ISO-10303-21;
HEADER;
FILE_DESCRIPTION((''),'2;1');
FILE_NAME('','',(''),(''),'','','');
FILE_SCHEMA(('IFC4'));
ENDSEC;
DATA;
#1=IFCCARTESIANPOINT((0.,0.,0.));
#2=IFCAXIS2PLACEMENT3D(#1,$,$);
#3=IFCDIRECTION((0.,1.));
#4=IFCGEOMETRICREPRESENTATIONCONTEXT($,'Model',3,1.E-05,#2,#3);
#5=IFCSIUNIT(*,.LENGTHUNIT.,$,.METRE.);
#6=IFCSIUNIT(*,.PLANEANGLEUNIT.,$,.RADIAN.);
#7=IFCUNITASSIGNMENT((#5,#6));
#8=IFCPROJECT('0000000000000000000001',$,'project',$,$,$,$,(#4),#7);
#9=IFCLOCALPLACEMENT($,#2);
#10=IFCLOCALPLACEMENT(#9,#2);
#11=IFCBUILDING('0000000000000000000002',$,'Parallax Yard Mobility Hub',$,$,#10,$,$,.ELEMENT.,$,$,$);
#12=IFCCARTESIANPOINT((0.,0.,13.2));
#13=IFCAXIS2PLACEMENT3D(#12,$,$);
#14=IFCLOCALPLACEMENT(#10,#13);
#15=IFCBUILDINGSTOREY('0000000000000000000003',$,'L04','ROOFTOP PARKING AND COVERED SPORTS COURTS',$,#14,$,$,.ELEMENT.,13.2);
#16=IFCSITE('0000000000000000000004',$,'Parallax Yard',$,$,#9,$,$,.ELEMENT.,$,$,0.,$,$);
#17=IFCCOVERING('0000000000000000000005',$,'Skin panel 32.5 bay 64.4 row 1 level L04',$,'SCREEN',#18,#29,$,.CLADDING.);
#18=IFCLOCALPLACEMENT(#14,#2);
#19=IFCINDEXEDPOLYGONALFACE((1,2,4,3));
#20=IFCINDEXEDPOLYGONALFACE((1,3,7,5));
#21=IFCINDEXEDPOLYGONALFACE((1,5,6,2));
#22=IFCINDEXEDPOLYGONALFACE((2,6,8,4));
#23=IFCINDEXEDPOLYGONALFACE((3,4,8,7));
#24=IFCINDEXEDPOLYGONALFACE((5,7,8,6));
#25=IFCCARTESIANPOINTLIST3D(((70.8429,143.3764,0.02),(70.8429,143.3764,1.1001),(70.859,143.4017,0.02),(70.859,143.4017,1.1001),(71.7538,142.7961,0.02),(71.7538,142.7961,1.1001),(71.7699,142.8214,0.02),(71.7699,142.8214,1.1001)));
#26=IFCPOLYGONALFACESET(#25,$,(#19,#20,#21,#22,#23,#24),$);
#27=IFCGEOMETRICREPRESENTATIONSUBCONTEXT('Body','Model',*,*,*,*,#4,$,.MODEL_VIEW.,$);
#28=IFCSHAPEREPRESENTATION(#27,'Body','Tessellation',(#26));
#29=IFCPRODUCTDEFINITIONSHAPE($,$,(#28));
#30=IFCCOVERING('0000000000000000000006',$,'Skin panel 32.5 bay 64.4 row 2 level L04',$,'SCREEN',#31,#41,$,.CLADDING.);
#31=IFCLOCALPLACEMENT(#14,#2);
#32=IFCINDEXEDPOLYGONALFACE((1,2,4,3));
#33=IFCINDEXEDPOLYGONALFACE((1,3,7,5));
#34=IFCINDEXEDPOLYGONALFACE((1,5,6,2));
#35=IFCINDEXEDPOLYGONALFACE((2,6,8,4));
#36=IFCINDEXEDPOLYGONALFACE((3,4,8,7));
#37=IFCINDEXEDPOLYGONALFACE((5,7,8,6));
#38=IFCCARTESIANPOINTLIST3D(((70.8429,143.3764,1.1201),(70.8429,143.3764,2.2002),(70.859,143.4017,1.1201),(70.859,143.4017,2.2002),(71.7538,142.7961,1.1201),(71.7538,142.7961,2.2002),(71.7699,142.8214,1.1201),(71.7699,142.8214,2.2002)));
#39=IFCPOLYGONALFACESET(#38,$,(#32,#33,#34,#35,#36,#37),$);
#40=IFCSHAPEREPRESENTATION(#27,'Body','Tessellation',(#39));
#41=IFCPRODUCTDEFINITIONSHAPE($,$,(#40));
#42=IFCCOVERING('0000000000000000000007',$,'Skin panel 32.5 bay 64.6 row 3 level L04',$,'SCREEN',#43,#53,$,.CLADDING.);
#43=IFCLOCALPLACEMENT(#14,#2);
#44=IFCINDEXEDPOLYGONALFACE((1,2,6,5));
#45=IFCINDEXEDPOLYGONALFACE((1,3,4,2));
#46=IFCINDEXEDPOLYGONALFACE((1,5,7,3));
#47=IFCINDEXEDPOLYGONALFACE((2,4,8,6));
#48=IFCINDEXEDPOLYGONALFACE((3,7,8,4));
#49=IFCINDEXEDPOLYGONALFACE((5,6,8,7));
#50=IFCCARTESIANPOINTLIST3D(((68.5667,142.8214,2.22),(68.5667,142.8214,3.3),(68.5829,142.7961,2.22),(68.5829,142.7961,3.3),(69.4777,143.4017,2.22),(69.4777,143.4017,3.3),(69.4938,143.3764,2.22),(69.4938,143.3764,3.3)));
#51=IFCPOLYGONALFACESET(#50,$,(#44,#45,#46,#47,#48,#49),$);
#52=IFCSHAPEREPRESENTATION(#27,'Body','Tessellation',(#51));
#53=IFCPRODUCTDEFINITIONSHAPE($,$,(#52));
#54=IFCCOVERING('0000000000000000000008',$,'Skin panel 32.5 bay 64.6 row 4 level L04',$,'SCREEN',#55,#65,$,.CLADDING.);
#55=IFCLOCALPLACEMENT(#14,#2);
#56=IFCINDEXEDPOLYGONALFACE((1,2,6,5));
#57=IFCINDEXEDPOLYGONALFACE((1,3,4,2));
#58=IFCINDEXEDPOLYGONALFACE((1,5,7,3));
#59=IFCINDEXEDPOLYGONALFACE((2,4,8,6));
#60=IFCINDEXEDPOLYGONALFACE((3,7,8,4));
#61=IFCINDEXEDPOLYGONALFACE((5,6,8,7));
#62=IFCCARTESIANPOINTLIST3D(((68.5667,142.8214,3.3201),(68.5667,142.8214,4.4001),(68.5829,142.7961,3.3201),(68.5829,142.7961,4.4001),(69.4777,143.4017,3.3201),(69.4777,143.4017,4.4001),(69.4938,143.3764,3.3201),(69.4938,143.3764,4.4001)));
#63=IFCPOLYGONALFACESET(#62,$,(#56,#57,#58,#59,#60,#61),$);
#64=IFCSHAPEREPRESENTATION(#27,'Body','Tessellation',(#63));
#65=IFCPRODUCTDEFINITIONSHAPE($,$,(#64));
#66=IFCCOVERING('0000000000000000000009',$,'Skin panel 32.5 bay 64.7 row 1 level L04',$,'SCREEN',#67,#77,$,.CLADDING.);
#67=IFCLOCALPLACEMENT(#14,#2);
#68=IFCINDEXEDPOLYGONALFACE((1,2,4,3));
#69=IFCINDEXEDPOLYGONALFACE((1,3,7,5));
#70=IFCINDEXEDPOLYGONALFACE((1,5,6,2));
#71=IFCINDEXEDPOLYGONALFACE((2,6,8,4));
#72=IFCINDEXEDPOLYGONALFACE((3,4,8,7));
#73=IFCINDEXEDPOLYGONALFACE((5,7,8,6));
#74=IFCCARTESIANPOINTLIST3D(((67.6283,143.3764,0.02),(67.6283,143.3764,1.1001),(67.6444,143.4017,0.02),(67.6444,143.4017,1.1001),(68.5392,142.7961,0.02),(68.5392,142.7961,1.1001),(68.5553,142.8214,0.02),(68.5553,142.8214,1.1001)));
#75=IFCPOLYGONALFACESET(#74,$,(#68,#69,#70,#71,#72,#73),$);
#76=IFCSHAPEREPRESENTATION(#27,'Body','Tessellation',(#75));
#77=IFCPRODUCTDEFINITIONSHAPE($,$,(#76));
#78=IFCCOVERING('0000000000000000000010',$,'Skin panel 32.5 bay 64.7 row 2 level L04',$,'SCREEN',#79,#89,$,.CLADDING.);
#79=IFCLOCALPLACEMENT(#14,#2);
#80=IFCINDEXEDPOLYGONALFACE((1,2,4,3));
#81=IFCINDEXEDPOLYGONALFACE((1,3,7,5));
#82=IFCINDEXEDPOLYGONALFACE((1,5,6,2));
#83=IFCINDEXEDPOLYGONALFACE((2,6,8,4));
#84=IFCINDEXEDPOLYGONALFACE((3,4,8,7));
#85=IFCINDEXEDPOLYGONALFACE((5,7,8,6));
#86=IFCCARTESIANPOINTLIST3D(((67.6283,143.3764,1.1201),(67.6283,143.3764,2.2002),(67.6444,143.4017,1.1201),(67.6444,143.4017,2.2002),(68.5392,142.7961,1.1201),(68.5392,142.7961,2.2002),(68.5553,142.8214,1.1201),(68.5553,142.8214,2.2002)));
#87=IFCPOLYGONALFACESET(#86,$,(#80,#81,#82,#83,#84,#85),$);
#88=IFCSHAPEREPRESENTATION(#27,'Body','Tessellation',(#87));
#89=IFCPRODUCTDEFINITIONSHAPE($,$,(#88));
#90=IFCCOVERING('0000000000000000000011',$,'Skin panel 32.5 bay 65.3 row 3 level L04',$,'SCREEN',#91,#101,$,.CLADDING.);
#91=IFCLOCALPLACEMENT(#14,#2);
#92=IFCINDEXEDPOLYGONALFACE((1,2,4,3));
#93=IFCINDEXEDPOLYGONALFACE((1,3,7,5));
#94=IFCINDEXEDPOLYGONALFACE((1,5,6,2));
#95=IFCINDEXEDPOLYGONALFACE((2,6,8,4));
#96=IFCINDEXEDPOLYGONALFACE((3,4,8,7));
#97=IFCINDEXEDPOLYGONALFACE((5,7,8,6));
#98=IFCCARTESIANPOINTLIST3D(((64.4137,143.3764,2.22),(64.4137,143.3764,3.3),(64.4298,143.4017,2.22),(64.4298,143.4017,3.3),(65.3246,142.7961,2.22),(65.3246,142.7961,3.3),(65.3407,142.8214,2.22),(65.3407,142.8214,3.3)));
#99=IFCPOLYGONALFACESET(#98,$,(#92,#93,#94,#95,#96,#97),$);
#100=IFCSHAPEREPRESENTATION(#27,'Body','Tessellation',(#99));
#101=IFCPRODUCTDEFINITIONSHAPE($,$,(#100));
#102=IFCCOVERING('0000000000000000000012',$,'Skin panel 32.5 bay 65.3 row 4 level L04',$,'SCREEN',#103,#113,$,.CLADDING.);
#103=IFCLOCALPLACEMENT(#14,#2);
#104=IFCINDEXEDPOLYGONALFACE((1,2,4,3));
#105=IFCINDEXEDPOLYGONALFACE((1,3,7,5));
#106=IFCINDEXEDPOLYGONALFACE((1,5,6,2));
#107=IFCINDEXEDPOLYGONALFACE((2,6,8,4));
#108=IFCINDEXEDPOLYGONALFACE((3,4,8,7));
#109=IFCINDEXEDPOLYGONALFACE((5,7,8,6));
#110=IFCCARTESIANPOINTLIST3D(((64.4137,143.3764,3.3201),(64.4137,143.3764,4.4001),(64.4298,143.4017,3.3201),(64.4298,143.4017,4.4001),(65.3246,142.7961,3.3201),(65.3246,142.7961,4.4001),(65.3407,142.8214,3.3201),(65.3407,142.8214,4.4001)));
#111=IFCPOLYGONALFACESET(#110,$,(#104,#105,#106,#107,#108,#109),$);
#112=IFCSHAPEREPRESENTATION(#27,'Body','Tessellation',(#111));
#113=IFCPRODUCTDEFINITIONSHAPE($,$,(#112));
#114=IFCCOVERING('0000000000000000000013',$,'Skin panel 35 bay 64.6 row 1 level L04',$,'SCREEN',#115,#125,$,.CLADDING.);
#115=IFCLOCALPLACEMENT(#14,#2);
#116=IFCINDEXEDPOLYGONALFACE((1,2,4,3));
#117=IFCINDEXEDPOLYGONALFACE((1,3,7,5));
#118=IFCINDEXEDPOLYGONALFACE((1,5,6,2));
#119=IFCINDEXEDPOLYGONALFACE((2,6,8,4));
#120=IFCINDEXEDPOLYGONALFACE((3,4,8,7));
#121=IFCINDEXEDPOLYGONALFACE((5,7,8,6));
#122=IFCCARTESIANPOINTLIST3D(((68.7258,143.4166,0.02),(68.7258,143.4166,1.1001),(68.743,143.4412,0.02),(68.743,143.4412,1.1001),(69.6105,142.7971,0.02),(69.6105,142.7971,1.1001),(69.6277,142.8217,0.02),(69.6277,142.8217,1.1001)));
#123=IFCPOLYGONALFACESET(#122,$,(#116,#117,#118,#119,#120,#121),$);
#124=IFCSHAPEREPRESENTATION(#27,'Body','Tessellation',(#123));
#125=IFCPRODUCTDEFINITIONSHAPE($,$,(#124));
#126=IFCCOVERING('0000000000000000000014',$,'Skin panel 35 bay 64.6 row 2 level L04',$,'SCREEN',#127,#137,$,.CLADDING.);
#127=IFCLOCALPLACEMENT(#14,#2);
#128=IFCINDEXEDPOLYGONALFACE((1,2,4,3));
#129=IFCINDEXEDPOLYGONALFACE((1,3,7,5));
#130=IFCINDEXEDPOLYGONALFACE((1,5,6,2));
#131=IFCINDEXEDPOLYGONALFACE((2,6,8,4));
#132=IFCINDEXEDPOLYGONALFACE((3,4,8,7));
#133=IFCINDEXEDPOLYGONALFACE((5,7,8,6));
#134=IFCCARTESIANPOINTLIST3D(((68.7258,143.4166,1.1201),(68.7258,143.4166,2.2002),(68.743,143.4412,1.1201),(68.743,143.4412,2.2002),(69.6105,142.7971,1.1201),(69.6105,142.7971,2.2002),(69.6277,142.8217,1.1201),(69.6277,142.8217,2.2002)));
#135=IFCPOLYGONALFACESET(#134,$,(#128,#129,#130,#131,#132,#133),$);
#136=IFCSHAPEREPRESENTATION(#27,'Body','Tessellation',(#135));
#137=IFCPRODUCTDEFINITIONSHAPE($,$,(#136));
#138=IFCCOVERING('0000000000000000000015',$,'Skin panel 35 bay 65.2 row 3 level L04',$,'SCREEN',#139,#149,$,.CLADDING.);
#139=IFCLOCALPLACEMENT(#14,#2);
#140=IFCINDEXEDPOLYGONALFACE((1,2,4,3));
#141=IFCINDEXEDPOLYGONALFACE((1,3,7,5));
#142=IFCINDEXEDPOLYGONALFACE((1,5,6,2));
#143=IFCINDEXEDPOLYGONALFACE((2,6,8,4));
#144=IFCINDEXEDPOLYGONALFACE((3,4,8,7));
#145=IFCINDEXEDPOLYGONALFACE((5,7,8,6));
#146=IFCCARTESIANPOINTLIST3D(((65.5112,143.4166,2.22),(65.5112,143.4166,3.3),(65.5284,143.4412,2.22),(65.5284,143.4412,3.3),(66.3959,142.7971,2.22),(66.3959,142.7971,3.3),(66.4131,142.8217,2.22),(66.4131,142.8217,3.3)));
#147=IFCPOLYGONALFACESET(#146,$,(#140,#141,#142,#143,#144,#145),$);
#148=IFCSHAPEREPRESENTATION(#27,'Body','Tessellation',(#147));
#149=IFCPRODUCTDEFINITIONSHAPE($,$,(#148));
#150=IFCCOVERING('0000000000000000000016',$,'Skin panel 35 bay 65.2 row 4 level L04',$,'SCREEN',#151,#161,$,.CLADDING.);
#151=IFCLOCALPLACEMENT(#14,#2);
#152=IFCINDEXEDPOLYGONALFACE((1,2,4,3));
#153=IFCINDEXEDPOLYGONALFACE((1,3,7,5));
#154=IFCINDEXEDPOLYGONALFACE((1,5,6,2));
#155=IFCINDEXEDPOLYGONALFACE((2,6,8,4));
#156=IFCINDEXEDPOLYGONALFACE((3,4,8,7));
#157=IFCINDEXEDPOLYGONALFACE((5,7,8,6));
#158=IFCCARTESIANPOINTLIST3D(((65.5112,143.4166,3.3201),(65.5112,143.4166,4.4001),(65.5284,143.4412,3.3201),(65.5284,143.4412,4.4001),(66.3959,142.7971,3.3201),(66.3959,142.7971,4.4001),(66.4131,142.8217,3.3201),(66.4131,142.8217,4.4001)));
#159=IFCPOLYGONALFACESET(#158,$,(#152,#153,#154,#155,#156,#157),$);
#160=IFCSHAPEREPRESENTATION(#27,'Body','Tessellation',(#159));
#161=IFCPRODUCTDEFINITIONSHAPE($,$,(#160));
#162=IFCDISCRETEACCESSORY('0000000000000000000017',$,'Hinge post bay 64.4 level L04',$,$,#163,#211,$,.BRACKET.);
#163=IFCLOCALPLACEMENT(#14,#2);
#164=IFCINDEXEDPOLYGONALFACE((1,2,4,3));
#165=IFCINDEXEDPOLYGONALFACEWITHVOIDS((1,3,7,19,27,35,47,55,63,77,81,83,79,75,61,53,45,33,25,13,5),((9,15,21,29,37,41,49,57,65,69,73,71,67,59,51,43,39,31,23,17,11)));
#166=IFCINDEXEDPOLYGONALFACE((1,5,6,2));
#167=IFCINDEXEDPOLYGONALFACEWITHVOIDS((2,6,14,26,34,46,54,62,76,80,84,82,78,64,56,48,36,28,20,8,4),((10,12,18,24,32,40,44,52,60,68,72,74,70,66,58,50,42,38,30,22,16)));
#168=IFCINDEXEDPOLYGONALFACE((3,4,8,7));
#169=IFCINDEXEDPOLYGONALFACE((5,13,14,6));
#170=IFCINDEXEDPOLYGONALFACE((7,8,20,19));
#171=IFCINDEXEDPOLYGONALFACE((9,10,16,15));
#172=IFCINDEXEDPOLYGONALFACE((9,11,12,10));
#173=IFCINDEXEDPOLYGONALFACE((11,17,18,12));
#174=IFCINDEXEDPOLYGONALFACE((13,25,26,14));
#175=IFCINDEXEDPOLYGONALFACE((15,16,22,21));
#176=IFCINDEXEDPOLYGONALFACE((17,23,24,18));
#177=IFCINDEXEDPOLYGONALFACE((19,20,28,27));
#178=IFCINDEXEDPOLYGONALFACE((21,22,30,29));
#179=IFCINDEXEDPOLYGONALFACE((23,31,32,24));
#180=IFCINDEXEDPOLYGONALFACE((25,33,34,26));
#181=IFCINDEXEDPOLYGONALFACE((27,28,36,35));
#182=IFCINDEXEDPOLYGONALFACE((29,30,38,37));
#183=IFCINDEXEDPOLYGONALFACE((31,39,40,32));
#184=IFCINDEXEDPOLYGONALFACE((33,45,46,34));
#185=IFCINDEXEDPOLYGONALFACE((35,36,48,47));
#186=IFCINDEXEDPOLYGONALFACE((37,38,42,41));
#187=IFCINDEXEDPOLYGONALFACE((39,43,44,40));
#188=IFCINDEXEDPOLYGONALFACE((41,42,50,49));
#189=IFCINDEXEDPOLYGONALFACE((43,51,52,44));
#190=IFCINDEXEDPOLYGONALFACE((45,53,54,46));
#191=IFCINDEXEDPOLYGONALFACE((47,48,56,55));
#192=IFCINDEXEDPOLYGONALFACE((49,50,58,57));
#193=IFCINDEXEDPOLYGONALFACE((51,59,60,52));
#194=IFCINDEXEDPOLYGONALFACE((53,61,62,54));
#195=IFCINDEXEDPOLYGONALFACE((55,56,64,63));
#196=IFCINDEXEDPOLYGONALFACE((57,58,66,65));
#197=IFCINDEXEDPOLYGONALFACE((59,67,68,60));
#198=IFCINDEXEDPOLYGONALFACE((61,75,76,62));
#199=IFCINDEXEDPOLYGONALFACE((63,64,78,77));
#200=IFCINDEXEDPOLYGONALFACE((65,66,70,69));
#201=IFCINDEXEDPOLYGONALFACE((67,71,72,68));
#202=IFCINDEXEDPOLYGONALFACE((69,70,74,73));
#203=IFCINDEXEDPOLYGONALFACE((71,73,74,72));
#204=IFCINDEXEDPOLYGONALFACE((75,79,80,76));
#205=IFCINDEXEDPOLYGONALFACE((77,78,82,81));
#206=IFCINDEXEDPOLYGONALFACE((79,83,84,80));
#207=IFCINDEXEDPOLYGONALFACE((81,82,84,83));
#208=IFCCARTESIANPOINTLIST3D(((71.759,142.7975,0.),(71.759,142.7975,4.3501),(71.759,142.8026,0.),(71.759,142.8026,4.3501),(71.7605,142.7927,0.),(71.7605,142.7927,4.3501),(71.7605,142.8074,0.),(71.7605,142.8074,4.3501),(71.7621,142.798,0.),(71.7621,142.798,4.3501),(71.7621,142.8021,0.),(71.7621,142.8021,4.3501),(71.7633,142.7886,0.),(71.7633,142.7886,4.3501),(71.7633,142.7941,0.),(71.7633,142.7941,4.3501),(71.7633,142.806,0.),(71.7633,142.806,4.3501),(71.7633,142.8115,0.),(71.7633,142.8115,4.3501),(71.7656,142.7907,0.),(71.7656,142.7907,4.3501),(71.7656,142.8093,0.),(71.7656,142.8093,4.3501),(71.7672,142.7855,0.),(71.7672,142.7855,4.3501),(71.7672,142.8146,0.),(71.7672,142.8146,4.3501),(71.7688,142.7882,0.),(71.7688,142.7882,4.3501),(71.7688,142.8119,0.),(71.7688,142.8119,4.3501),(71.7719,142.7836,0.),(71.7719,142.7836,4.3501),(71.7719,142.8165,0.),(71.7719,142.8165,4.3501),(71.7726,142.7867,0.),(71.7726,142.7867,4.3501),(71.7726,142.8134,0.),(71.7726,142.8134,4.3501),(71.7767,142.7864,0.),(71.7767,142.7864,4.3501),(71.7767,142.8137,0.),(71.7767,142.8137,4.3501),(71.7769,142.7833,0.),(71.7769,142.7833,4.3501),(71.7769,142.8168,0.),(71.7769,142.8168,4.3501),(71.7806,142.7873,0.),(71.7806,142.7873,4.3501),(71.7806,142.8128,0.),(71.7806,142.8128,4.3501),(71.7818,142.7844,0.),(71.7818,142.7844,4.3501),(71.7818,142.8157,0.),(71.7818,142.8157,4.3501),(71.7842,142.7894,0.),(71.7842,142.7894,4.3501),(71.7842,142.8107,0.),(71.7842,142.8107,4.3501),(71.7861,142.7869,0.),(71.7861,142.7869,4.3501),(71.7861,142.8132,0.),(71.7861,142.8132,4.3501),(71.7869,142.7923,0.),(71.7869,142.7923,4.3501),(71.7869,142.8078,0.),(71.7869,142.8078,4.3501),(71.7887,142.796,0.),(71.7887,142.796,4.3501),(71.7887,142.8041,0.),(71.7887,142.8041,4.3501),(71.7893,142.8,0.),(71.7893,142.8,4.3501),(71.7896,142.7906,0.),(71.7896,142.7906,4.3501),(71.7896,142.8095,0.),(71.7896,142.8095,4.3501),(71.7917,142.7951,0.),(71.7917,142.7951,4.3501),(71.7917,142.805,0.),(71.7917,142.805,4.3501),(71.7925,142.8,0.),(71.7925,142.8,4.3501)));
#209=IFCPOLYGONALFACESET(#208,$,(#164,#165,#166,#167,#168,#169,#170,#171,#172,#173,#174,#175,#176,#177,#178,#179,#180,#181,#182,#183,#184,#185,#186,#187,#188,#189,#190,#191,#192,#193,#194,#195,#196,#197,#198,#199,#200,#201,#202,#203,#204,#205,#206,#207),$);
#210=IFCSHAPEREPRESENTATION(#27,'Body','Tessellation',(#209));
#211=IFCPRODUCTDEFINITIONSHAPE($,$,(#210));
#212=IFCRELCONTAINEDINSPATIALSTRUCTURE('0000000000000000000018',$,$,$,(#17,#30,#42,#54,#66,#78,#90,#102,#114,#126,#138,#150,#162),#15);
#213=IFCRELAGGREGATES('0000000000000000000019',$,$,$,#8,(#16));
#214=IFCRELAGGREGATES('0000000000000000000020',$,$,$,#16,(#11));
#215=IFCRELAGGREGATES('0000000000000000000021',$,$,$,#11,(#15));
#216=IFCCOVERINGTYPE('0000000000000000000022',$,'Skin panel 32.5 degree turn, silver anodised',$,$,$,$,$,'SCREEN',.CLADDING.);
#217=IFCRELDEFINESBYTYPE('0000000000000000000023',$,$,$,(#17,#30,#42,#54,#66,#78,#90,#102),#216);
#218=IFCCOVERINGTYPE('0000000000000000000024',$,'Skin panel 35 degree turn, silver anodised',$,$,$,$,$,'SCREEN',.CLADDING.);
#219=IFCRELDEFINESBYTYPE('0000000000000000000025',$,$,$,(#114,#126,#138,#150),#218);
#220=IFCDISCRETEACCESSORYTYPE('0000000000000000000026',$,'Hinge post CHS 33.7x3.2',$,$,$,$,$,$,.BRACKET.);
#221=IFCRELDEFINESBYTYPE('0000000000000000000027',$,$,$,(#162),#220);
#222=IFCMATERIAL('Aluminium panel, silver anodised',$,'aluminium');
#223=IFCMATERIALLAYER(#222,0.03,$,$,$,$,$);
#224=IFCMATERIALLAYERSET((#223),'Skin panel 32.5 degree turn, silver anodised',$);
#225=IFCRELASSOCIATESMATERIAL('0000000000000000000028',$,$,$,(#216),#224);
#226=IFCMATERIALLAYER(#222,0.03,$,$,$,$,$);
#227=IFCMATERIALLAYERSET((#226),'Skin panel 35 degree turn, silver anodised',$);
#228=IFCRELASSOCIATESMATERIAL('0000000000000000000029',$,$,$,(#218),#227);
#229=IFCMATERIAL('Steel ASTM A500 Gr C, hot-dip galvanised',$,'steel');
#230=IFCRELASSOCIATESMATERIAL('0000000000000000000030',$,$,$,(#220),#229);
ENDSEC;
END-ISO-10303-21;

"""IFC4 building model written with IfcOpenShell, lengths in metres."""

from ifc_helpers import new_model, si_unit, direction, frame, origin, origin_2d, place, context, subcontext, project, spatial, rectangle, hollow_circle, extrude, material, layer, layer_set, material_profile, profile_set, type_object, element, save


model = new_model("IFC4")

# Units and contexts
model_context = context("Model", 3, precision=1e-05, world=origin(), true_north=direction((0.0, 1.0)))
body_context = subcontext(model_context, "Body", "Model", "MODEL_VIEW")
ifc_project = project(units=[si_unit("LENGTHUNIT", "METRE"), si_unit("PLANEANGLEUNIT", "RADIAN")], contexts=[model_context])

# Site, building, storey
site_placement = place(None, origin())
site = spatial("IfcSite", under=ifc_project, at=site_placement, Name="Parallax Yard", CompositionType="ELEMENT", RefElevation=0.0)
building_placement = place(site_placement, origin())
building = spatial("IfcBuilding", under=site, at=building_placement, Name="Parallax Yard Mobility Hub", CompositionType="ELEMENT")
storey_placement = place(building_placement, frame((0.0, 0.0, 13.2)))
storey = spatial("IfcBuildingStorey", under=building, at=storey_placement, Name="L04", Description="ROOFTOP PARKING AND COVERED SPORTS COURTS", CompositionType="ELEMENT", Elevation=13.2)

# Coverings
ifc_material_1 = material(Name="Aluminium panel, silver anodised", Category="aluminium")
ifc_layer_1 = layer(ifc_material_1, 0.03)
ifc_layer_set_1 = layer_set([ifc_layer_1], Name="Skin panel 32.5 degree turn, silver anodised")
covering_type_1 = type_object("IfcCoveringType", Name="Skin panel 32.5 degree turn, silver anodised", ElementType="SCREEN", PredefinedType="CLADDING", material=ifc_layer_set_1)
for number, where, z_axis, x_axis, name in (
    (1, (71.3064, 143.0989, 0.02), (0.0, 0.0, 1.0), (-0.843391, 0.5373, 0.0), "Skin panel 32.5 bay 64.4 row 1 level L04"),
    (2, (71.3064, 143.0989, 1.1201), (0.0, 0.0, 1.0), (-0.843391, 0.5373, 0.0), "Skin panel 32.5 bay 64.4 row 2 level L04"),
    (3, (69.0303, 143.0989, 2.22), (0.0, 0.0, 1.0), (0.843391, 0.5373, 0.0), "Skin panel 32.5 bay 64.6 row 3 level L04"),
    (4, (69.0303, 143.0989, 3.3201), (0.0, 0.0, 1.0), (0.843391, 0.5373, 0.0), "Skin panel 32.5 bay 64.6 row 4 level L04"),
    (5, (68.0918, 143.0989, 0.02), (0.0, 0.0, 1.0), (-0.843391, 0.5373, 0.0), "Skin panel 32.5 bay 64.7 row 1 level L04"),
    (6, (68.0918, 143.0989, 1.1201), (0.0, 0.0, 1.0), (-0.843391, 0.5373, 0.0), "Skin panel 32.5 bay 64.7 row 2 level L04"),
    (7, (64.8772, 143.0989, 2.22), (0.0, 0.0, 1.0), (-0.843391, 0.5373, 0.0), "Skin panel 32.5 bay 65.3 row 3 level L04"),
    (8, (64.8772, 143.0989, 3.3201), (0.0, 0.0, 1.0), (-0.843391, 0.5373, 0.0), "Skin panel 32.5 bay 65.3 row 4 level L04"),
):
    element("IfcCovering", number, at=place(storey_placement, frame(where, z_axis=z_axis, x_axis=x_axis)), inside=storey, type_object=covering_type_1, Name=name, ObjectType="SCREEN", PredefinedType="CLADDING", context=body_context, shape_type="SweptSolid", body=[
        extrude(rectangle(XDim=1.0801, YDim=0.03, at=origin_2d()), origin(), (0.0, 0.0, 1.0), 1.0801),
    ])
ifc_layer_2 = layer(ifc_material_1, 0.03)
ifc_layer_set_2 = layer_set([ifc_layer_2], Name="Skin panel 35 degree turn, silver anodised")
covering_type_2 = type_object("IfcCoveringType", Name="Skin panel 35 degree turn, silver anodised", ElementType="SCREEN", PredefinedType="CLADDING", material=ifc_layer_set_2)
for number, where, z_axis, x_axis, name in (
    (9, (69.1768, 143.1191, 0.02), (0.0, 0.0, 1.0), (-0.819152, 0.573576, 0.0), "Skin panel 35 bay 64.6 row 1 level L04"),
    (10, (69.1768, 143.1191, 1.1201), (0.0, 0.0, 1.0), (-0.819152, 0.573576, 0.0), "Skin panel 35 bay 64.6 row 2 level L04"),
    (11, (65.9622, 143.1191, 2.22), (0.0, 0.0, 1.0), (-0.819152, 0.573576, 0.0), "Skin panel 35 bay 65.2 row 3 level L04"),
    (12, (65.9622, 143.1191, 3.3201), (0.0, 0.0, 1.0), (-0.819152, 0.573576, 0.0), "Skin panel 35 bay 65.2 row 4 level L04"),
):
    element("IfcCovering", number, at=place(storey_placement, frame(where, z_axis=z_axis, x_axis=x_axis)), inside=storey, type_object=covering_type_2, Name=name, ObjectType="SCREEN", PredefinedType="CLADDING", context=body_context, shape_type="SweptSolid", body=[
        extrude(rectangle(XDim=1.0801, YDim=0.03, at=origin_2d()), origin(), (0.0, 0.0, 1.0), 1.0801),
    ])

# Discrete accessory
ifc_material_2 = material(Name="Steel ASTM A500 Gr C, hot-dip galvanised", Category="steel")
ifc_material_profile = material_profile(ifc_material_2, hollow_circle(Radius=0.0168, WallThickness=0.0032, at=origin_2d()), Name="CHS 33.7x3.2")
ifc_profile_set = profile_set([ifc_material_profile], Name="Steel ASTM A500 Gr C, hot-dip galvanised")
discrete_accessory_type = type_object("IfcDiscreteAccessoryType", Name="Hinge post CHS 33.7x3.2", PredefinedType="BRACKET", material=ifc_profile_set)
for number, where, z_axis, x_axis, name in (
    (13, (71.7756, 142.8, 0.0), (0.0, 0.0, 1.0), (1.0, 0.0, 0.0), "Hinge post bay 64.4 level L04"),
):
    element("IfcDiscreteAccessory", number, at=place(storey_placement, frame(where, z_axis=z_axis, x_axis=x_axis)), inside=storey, type_object=discrete_accessory_type, Name=name, PredefinedType="BRACKET", context=body_context, shape_type="SweptSolid", body=[
        extrude(hollow_circle(Radius=0.0168, WallThickness=0.0032, at=origin_2d()), origin(), (0.0, 0.0, 1.0), 4.3501),
    ])

save(model, "model.ifc")
